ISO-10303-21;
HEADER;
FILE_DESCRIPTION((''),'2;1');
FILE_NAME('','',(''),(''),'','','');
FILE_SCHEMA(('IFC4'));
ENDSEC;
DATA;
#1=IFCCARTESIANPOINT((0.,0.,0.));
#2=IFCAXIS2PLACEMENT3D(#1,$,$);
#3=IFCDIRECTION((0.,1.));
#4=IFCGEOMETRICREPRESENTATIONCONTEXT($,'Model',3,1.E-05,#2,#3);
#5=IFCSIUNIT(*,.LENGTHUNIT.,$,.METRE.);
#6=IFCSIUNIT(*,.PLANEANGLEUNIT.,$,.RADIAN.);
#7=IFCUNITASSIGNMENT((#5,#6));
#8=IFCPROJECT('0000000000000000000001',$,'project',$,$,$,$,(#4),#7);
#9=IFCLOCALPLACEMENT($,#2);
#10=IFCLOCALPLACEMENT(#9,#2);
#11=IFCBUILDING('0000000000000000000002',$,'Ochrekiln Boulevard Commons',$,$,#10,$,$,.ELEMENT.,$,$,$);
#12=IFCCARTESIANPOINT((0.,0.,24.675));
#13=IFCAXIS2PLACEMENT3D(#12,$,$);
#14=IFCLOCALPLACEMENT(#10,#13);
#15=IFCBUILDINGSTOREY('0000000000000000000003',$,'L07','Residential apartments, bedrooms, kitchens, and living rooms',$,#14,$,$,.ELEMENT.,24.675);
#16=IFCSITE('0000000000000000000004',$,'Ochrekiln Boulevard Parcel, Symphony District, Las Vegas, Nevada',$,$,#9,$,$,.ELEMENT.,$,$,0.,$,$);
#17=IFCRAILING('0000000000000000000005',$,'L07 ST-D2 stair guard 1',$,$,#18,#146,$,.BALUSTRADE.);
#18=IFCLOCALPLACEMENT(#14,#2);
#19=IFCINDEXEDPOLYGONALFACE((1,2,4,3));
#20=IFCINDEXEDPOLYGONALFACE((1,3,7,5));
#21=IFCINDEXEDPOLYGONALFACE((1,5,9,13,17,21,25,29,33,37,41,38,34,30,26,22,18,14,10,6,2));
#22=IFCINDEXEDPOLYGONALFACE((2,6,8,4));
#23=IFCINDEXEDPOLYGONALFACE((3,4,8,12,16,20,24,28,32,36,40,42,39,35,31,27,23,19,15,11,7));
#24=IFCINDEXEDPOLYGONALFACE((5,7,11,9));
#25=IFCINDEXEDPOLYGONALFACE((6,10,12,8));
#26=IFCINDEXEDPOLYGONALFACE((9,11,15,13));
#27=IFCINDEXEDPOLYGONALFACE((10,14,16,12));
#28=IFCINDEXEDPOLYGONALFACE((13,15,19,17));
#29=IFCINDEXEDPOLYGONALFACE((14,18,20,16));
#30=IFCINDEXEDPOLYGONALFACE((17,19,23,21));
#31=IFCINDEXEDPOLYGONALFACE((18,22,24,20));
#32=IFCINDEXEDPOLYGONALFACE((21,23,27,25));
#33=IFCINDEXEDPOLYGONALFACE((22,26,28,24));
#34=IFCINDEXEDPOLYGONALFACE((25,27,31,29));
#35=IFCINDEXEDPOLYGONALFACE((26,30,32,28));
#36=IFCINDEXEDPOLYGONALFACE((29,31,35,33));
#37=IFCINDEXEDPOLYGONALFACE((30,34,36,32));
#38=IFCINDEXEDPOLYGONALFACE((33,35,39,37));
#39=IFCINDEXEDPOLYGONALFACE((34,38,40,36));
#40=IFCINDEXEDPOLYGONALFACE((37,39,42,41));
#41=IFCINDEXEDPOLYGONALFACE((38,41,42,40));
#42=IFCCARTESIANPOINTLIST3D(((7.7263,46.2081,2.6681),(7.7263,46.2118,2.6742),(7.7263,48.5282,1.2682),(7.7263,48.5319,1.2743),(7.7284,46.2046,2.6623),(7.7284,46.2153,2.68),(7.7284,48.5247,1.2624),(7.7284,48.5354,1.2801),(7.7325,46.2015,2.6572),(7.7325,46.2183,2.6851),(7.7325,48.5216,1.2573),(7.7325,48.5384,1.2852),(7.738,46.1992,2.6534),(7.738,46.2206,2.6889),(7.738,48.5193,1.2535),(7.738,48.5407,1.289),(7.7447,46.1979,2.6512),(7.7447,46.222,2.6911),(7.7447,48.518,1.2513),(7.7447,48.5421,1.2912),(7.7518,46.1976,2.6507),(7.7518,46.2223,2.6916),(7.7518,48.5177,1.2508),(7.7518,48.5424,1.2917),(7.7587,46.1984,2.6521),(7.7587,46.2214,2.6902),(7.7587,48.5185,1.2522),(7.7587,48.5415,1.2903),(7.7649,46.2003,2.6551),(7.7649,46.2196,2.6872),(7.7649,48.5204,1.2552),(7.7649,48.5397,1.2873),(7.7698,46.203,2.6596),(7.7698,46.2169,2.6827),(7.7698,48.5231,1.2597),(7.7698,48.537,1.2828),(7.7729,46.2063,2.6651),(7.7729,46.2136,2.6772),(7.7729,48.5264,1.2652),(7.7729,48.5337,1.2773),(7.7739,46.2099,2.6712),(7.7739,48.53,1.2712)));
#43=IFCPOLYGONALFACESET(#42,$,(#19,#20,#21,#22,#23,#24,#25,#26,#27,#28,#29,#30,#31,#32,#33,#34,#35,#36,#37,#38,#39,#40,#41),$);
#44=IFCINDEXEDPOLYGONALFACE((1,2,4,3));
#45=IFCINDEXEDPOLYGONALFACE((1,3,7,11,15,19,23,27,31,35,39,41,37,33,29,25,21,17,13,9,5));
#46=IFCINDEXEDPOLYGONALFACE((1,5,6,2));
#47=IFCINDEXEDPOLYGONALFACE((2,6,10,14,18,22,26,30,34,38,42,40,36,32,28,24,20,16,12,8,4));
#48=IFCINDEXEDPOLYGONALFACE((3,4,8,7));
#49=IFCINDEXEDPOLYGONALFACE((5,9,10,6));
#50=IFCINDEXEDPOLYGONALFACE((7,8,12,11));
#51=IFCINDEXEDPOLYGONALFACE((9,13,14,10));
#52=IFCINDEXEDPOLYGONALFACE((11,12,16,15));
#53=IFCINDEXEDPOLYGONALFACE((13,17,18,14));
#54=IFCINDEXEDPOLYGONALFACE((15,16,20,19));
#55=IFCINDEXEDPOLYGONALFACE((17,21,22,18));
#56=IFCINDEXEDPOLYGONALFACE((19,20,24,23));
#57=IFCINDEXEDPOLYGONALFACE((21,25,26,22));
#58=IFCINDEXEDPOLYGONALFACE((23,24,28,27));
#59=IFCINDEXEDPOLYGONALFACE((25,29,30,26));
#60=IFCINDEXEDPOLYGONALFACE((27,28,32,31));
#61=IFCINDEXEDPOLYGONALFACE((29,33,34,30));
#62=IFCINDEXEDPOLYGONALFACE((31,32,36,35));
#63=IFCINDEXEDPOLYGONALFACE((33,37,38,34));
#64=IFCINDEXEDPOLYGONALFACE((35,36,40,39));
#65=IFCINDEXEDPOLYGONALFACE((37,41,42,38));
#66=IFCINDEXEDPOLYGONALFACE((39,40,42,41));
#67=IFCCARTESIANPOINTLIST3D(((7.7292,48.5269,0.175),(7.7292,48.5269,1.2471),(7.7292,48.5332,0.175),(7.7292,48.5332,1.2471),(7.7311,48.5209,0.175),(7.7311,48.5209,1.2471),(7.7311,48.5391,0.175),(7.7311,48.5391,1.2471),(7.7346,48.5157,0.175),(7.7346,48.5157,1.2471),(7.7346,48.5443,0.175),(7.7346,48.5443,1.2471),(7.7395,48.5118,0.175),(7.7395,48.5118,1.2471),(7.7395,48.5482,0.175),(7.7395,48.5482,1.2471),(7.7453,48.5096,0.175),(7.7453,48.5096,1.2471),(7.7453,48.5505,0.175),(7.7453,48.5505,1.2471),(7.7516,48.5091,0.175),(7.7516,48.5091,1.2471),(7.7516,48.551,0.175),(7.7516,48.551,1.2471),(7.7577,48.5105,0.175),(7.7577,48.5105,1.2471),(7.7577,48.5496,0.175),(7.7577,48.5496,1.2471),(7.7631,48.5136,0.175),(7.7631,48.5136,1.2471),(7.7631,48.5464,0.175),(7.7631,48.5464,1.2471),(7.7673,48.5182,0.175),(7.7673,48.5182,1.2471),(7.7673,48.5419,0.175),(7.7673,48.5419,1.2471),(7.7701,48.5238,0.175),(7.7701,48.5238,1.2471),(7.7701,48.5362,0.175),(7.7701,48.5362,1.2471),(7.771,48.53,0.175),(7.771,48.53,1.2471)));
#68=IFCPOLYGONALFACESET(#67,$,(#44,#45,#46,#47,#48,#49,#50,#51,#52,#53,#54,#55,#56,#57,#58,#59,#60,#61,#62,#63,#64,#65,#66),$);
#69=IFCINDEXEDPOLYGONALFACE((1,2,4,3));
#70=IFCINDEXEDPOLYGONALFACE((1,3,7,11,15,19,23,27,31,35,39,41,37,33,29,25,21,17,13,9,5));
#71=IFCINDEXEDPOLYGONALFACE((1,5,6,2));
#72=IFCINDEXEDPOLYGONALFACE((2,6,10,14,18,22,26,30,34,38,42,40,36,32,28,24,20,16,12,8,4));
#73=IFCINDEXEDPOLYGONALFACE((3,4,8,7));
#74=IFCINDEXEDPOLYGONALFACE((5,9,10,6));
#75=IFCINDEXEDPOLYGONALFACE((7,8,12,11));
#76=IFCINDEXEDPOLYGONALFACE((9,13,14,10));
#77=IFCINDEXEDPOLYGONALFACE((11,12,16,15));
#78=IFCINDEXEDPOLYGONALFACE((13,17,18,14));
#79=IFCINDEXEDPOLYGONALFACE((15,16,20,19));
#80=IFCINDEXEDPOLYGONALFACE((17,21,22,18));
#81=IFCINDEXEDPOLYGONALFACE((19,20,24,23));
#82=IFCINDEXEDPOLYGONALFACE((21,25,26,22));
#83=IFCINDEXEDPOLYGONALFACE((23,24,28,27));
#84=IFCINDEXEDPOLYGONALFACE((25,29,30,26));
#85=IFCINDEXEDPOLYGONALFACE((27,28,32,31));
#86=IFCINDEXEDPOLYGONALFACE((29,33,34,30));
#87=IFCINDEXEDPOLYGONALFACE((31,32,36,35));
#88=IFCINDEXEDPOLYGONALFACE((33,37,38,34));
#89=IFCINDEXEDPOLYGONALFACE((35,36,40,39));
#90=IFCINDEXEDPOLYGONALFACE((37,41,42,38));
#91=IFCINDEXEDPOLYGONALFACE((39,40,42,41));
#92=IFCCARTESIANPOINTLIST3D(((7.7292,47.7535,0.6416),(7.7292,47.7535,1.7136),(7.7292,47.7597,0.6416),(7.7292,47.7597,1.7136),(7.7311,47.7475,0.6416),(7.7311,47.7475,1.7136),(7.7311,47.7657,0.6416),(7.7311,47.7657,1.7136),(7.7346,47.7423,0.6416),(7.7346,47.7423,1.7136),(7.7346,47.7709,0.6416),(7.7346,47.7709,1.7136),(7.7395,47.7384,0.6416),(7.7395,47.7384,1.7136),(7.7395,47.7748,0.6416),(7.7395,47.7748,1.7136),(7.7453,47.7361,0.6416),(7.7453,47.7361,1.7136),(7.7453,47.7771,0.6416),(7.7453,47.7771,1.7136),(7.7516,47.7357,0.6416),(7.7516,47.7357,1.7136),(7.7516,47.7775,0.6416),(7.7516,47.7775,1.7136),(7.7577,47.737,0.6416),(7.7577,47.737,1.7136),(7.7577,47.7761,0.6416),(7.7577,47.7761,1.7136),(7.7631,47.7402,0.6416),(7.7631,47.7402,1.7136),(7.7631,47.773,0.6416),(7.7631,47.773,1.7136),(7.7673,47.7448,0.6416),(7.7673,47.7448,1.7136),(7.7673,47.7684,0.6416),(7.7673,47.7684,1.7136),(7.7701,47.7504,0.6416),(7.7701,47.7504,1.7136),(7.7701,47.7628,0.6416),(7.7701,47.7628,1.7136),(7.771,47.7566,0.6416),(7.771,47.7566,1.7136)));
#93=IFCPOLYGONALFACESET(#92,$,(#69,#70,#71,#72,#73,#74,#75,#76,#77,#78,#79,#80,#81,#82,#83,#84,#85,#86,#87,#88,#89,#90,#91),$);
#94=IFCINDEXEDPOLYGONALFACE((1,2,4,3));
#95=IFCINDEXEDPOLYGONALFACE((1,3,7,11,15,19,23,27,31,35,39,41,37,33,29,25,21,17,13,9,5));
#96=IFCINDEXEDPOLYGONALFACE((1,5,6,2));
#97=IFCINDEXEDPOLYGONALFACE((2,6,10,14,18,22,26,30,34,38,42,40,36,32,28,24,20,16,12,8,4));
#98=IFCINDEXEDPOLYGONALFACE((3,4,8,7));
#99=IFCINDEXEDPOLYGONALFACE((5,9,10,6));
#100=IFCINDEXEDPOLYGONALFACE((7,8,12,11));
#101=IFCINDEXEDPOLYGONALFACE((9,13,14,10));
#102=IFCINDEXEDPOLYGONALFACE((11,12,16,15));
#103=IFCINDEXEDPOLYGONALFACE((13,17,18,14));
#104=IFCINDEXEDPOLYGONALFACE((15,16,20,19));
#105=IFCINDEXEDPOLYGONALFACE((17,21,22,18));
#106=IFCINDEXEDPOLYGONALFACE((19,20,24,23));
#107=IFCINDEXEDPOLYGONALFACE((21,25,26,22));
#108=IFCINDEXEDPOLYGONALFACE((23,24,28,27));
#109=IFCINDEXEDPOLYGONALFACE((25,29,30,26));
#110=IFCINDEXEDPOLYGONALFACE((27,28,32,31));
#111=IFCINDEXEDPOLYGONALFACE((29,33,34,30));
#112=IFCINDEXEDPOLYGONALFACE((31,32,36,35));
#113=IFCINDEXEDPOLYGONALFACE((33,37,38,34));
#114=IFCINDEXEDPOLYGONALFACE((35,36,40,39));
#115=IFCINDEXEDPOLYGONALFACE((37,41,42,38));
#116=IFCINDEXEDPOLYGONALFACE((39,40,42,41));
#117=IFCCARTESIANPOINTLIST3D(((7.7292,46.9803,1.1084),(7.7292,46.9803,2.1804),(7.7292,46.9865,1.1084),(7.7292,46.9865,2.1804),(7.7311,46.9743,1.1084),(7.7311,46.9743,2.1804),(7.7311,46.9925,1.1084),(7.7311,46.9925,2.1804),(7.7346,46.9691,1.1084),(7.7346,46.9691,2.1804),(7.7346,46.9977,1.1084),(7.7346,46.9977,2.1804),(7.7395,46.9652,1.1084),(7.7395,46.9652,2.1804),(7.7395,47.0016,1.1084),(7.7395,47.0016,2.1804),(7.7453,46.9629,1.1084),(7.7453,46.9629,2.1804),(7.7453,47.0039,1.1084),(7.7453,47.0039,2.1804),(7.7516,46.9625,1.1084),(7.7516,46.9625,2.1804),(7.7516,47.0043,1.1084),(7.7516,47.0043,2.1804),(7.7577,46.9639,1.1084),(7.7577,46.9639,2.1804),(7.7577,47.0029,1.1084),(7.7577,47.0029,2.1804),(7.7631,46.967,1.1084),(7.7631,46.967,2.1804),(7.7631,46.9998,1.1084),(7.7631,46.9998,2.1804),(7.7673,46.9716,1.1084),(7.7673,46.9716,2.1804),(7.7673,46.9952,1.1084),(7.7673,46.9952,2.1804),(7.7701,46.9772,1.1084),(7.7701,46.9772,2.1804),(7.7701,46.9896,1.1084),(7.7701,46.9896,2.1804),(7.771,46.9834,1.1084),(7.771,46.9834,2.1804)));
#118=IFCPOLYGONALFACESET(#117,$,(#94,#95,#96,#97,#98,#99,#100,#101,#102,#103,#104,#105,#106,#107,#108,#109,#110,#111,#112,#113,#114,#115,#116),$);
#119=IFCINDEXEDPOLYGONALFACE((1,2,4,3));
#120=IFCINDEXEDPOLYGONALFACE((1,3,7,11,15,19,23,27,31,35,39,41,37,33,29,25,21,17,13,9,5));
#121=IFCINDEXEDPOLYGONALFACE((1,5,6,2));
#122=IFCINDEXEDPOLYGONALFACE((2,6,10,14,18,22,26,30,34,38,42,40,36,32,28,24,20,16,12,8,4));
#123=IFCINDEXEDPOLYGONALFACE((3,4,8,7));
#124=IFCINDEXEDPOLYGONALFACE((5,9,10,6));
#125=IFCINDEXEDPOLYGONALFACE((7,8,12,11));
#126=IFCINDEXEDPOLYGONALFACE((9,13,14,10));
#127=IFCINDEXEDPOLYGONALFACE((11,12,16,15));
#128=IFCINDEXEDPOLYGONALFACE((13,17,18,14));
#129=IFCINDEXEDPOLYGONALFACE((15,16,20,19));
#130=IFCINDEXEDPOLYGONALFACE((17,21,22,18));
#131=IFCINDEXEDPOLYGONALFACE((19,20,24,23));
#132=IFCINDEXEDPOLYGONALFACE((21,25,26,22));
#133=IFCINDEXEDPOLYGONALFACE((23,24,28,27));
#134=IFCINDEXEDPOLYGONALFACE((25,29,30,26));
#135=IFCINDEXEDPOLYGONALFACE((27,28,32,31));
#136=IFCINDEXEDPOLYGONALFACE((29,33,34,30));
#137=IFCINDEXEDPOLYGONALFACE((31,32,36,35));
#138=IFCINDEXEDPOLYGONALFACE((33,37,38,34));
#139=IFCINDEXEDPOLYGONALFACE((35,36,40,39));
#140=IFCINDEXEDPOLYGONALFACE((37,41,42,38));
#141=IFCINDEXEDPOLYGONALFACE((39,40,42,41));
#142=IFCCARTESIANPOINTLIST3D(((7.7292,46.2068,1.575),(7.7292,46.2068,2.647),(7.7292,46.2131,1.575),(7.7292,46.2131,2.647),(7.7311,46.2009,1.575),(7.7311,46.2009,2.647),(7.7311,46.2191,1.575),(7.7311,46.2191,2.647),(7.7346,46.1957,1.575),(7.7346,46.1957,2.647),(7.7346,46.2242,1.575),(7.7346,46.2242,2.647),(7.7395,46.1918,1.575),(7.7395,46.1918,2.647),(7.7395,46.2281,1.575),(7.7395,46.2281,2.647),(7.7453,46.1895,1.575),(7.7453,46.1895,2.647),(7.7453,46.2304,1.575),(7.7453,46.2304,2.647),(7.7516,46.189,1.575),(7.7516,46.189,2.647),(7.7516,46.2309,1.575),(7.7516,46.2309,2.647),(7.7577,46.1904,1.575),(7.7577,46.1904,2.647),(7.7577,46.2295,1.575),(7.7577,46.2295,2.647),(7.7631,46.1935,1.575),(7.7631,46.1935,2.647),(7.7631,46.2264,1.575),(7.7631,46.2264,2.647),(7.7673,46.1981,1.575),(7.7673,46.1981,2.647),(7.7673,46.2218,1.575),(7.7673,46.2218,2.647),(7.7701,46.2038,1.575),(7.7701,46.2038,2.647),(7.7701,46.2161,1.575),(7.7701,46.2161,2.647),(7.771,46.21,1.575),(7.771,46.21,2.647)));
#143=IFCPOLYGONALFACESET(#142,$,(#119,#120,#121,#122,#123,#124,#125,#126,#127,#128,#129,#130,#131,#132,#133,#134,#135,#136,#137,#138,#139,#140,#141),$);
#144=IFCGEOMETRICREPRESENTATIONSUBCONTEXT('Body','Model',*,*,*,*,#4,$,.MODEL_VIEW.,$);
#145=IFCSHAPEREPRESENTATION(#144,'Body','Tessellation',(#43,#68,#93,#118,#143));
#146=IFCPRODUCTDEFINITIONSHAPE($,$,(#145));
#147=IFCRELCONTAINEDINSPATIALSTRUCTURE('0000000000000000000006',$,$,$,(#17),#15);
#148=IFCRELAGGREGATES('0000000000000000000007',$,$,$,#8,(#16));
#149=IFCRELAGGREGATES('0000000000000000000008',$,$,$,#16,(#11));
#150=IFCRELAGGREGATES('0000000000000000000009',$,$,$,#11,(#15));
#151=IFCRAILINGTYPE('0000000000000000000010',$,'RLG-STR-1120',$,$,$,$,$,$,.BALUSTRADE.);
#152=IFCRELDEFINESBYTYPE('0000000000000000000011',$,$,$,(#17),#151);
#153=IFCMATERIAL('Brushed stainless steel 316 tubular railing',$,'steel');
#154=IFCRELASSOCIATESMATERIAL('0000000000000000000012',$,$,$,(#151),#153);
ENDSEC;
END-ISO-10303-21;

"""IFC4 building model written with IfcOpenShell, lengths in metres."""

from ifc_helpers import new_model, si_unit, direction, frame, origin, origin_2d, place, context, subcontext, project, spatial, circle, extrude, material, type_object, element, save


model = new_model("IFC4")

# Units and contexts
model_context = context("Model", 3, precision=1e-05, world=origin(), true_north=direction((0.0, 1.0)))
body_context = subcontext(model_context, "Body", "Model", "MODEL_VIEW")
ifc_project = project(units=[si_unit("LENGTHUNIT", "METRE"), si_unit("PLANEANGLEUNIT", "RADIAN")], contexts=[model_context])

# Site, building, storey
site_placement = place(None, origin())
site = spatial("IfcSite", under=ifc_project, at=site_placement, Name="Ochrekiln Boulevard Parcel, Symphony District, Las Vegas, Nevada", CompositionType="ELEMENT", RefElevation=0.0)
building_placement = place(site_placement, origin())
building = spatial("IfcBuilding", under=site, at=building_placement, Name="Ochrekiln Boulevard Commons", CompositionType="ELEMENT")
storey_placement = place(building_placement, frame((0.0, 0.0, 24.675)))
storey = spatial("IfcBuildingStorey", under=building, at=storey_placement, Name="L07", Description="Residential apartments, bedrooms, kitchens, and living rooms", CompositionType="ELEMENT", Elevation=24.675)

# Railing
ifc_material_1 = material(Name="Brushed stainless steel 316 tubular railing", Category="steel")
railing_type_1 = type_object("IfcRailingType", Name="RLG-STR-1120", PredefinedType="BALUSTRADE", material=ifc_material_1)
railing_1_placement = place(storey_placement, frame((7.75, 48.53, 0.175)))
element("IfcRailing", 1, at=railing_1_placement, inside=storey, type_object=railing_type_1, Name="L07 ST-D2 stair guard 1", PredefinedType="BALUSTRADE", context=body_context, shape_type="SweptSolid", body=[
    extrude(circle(Radius=0.0239, at=origin_2d()), frame((0.0, 0.0, 1.0962), z_axis=(0.0, -0.85621, 0.516627), x_axis=(1.0, 0.0, 0.0)), (0.0, 0.0, 1.0), 2.7097),
    extrude(circle(Radius=0.021, at=origin_2d()), origin(), (0.0, 0.0, 1.0), 1.072),
    extrude(circle(Radius=0.021, at=origin_2d()), frame((0.0, -0.7734, 0.4666)), (0.0, 0.0, 1.0), 1.072),
    extrude(circle(Radius=0.021, at=origin_2d()), frame((0.0, -1.5466, 0.9333)), (0.0, 0.0, 1.0), 1.072),
    extrude(circle(Radius=0.021, at=origin_2d()), frame((0.0, -2.3201, 1.3999)), (0.0, 0.0, 1.0), 1.072),
])

save(model, "model.ifc")
